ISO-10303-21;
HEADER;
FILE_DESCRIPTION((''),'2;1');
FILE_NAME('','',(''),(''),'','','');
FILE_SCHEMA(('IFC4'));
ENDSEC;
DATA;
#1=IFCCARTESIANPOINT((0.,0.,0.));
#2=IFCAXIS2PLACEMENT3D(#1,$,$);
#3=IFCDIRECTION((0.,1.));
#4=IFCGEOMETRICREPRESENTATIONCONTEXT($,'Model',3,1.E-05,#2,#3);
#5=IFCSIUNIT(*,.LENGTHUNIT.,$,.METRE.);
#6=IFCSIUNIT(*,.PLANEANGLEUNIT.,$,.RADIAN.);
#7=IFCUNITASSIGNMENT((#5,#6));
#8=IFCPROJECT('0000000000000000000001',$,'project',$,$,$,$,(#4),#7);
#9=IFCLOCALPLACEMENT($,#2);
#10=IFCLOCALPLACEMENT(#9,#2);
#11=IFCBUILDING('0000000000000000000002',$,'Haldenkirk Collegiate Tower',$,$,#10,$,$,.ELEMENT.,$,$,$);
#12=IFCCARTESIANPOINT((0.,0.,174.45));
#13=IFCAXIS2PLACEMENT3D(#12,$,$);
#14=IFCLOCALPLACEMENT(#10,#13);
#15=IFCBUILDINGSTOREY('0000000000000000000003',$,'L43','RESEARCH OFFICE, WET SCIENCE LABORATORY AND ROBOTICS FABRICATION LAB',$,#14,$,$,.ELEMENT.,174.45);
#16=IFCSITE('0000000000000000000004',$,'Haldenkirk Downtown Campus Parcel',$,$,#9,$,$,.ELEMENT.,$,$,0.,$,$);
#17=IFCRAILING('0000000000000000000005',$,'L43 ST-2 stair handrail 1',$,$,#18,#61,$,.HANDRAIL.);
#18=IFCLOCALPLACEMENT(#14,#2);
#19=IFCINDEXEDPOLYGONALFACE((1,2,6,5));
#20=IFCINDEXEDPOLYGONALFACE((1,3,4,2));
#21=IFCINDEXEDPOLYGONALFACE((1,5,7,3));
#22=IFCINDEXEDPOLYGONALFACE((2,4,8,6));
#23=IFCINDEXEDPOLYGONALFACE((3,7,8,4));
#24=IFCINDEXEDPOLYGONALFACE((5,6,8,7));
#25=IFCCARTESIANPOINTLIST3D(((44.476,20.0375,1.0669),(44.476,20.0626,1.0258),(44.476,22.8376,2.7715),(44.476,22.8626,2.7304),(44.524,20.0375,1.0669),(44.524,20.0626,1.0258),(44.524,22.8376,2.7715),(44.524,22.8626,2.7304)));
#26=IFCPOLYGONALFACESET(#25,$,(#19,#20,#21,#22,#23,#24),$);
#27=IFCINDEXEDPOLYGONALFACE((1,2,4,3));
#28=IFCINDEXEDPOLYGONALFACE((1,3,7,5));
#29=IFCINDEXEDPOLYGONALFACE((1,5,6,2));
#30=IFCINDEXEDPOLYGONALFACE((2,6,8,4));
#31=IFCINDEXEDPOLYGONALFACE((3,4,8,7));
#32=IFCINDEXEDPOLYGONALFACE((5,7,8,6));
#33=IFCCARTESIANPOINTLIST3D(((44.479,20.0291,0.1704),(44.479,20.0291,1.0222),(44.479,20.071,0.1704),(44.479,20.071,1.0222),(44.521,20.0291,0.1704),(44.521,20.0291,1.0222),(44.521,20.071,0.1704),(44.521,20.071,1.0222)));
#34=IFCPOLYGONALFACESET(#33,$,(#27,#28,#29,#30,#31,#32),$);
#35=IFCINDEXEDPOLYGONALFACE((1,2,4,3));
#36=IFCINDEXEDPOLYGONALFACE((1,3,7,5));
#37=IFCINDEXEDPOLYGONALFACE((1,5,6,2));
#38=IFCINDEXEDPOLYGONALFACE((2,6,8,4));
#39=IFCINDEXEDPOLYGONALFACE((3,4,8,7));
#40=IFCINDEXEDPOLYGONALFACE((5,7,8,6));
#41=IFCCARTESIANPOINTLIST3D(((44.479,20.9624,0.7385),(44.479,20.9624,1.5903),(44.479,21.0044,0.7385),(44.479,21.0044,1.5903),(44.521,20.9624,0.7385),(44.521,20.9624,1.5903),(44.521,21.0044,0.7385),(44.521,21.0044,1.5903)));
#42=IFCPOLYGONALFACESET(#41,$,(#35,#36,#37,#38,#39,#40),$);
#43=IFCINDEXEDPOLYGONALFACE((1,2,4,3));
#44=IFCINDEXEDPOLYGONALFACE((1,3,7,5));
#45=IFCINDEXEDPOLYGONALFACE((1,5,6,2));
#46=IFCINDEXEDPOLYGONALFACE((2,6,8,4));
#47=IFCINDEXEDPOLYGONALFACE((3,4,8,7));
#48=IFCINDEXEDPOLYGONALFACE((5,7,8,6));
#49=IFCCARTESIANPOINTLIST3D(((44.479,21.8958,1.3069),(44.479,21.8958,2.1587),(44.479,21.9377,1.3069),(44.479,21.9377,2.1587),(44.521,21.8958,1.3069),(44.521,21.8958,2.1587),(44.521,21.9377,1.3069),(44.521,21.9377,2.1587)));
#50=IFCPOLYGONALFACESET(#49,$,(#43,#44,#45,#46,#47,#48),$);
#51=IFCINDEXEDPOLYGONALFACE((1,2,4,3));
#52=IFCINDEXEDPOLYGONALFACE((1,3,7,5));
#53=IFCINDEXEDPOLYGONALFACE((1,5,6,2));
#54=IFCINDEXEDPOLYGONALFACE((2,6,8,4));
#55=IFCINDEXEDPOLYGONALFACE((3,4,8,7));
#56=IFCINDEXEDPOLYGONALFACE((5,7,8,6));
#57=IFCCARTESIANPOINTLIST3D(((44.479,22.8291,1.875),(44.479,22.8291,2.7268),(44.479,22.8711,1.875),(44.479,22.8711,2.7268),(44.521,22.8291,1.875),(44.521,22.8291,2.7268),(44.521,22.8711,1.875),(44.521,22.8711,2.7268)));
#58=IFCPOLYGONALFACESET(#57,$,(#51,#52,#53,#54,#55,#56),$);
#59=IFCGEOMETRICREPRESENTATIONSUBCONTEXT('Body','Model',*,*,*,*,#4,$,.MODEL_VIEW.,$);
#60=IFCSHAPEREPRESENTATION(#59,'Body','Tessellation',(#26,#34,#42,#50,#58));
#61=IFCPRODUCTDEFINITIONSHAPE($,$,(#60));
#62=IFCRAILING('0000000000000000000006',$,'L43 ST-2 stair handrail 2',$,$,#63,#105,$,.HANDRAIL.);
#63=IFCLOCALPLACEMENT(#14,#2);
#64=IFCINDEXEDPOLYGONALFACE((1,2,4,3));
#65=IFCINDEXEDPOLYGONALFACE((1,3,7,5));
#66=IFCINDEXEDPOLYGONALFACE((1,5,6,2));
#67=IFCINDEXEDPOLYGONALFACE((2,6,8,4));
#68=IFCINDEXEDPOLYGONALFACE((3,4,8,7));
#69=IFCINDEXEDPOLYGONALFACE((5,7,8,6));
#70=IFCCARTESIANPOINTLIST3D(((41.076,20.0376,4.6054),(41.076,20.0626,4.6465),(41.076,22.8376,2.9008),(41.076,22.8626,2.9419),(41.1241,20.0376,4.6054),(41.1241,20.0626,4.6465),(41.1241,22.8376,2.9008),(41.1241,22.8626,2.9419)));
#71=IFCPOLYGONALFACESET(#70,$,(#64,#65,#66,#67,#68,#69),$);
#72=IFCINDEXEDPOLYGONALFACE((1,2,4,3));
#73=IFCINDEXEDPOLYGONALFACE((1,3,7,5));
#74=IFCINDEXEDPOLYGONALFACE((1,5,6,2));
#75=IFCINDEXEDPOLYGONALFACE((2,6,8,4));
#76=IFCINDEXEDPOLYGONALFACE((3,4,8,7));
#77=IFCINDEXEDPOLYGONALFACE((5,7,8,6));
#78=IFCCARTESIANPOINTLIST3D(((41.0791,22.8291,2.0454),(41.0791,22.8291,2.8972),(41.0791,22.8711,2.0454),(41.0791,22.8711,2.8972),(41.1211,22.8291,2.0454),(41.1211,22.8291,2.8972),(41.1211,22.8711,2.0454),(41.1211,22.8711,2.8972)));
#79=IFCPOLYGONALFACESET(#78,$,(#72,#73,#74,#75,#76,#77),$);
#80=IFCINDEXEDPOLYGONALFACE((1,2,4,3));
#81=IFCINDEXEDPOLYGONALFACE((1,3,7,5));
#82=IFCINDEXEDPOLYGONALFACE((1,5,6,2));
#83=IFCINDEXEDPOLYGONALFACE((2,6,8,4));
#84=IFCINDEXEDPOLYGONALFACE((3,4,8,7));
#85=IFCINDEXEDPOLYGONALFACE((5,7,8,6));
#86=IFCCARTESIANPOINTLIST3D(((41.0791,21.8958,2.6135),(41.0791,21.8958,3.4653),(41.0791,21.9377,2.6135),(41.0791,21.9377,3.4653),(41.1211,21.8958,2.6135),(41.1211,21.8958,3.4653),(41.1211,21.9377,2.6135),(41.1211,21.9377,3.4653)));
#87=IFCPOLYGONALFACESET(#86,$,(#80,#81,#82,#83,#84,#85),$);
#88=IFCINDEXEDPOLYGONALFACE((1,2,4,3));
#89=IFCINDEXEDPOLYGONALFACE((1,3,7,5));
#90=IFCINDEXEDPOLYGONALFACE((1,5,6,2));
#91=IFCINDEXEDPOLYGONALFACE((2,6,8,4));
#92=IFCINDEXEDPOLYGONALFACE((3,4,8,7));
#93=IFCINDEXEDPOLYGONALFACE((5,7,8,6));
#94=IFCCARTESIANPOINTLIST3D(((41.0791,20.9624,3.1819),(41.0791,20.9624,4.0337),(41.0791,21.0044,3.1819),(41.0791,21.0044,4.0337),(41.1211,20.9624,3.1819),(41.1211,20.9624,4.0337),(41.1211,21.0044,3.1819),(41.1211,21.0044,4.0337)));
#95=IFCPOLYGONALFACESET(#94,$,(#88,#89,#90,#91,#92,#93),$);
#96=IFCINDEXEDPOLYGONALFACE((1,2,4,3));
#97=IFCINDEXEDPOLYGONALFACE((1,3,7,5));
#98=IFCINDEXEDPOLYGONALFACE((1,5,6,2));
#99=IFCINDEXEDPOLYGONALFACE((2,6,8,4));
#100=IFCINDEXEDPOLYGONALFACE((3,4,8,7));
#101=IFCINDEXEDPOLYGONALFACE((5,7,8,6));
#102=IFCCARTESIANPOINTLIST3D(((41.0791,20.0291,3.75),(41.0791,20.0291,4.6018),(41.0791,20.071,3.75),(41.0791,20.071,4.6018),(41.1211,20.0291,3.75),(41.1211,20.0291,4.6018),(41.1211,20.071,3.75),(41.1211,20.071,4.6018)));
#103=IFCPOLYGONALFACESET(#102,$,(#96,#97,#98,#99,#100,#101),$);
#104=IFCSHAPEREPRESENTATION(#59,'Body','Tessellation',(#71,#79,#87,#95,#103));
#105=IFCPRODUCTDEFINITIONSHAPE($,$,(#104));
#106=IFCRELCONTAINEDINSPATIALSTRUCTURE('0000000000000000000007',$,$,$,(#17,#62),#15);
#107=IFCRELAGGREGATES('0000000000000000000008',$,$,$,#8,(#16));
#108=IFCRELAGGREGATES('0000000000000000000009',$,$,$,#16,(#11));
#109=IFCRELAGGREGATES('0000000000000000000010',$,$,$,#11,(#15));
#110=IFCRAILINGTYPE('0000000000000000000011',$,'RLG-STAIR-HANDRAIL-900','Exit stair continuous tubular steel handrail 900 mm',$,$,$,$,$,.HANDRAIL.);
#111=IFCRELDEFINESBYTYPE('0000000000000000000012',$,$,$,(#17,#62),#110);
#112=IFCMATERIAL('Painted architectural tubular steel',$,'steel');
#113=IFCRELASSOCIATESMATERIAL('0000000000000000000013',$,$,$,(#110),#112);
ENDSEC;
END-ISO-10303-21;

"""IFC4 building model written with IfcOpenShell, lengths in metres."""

from ifc_helpers import new_model, si_unit, direction, frame, origin, origin_2d, place, context, subcontext, project, spatial, rectangle, extrude, material, type_object, element, save


model = new_model("IFC4")

# Units and contexts
model_context = context("Model", 3, precision=1e-05, world=origin(), true_north=direction((0.0, 1.0)))
body_context = subcontext(model_context, "Body", "Model", "MODEL_VIEW")
ifc_project = project(units=[si_unit("LENGTHUNIT", "METRE"), si_unit("PLANEANGLEUNIT", "RADIAN")], contexts=[model_context])

# Site, building, storey
site_placement = place(None, origin())
site = spatial("IfcSite", under=ifc_project, at=site_placement, Name="Haldenkirk Downtown Campus Parcel", CompositionType="ELEMENT", RefElevation=0.0)
building_placement = place(site_placement, origin())
building = spatial("IfcBuilding", under=site, at=building_placement, Name="Haldenkirk Collegiate Tower", CompositionType="ELEMENT")
storey_placement = place(building_placement, frame((0.0, 0.0, 174.45)))
storey = spatial("IfcBuildingStorey", under=building, at=storey_placement, Name="L43", Description="RESEARCH OFFICE, WET SCIENCE LABORATORY AND ROBOTICS FABRICATION LAB", CompositionType="ELEMENT", Elevation=174.45)

# Railings
ifc_material_1 = material(Name="Painted architectural tubular steel", Category="steel")
railing_type_1 = type_object("IfcRailingType", Name="RLG-STAIR-HANDRAIL-900", Description="Exit stair continuous tubular steel handrail 900 mm", PredefinedType="HANDRAIL", material=ifc_material_1)
railing_1_placement = place(storey_placement, frame((44.5, 20.05, 0.1704)))
element("IfcRailing", 1, at=railing_1_placement, inside=storey, type_object=railing_type_1, Name="L43 ST-2 stair handrail 1", PredefinedType="HANDRAIL", context=body_context, shape_type="SweptSolid", body=[
    extrude(rectangle(XDim=0.0481, YDim=0.0481, at=origin_2d()), frame((0.0, 0.0, 0.876), z_axis=(0.0, 0.85417, 0.519994), x_axis=(-1.0, 0.0, 0.0)), (0.0, 0.0, 1.0), 3.2781),
    extrude(rectangle(XDim=0.042, YDim=0.042, at=origin_2d()), origin(), (0.0, 0.0, 1.0), 0.8518),
    extrude(rectangle(XDim=0.042, YDim=0.042, at=origin_2d()), frame((0.0, 0.9333, 0.5681)), (0.0, 0.0, 1.0), 0.8518),
    extrude(rectangle(XDim=0.042, YDim=0.042, at=origin_2d()), frame((0.0, 1.8667, 1.1365)), (0.0, 0.0, 1.0), 0.8518),
    extrude(rectangle(XDim=0.042, YDim=0.042, at=origin_2d()), frame((0.0, 2.8, 1.7046)), (0.0, 0.0, 1.0), 0.8518),
])
railing_2_placement = place(storey_placement, frame((41.1001, 22.8501, 2.0454)))
element("IfcRailing", 2, at=railing_2_placement, inside=storey, type_object=railing_type_1, Name="L43 ST-2 stair handrail 2", PredefinedType="HANDRAIL", context=body_context, shape_type="SweptSolid", body=[
    extrude(rectangle(XDim=0.0481, YDim=0.0481, at=origin_2d()), frame((0.0, 0.0, 0.876), z_axis=(0.0, -0.85417, 0.519994), x_axis=(1.0, 0.0, 0.0)), (0.0, 0.0, 1.0), 3.2781),
    extrude(rectangle(XDim=0.042, YDim=0.042, at=origin_2d()), origin(), (0.0, 0.0, 1.0), 0.8518),
    extrude(rectangle(XDim=0.042, YDim=0.042, at=origin_2d()), frame((0.0, -0.9333, 0.5681)), (0.0, 0.0, 1.0), 0.8518),
    extrude(rectangle(XDim=0.042, YDim=0.042, at=origin_2d()), frame((0.0, -1.8667, 1.1365)), (0.0, 0.0, 1.0), 0.8518),
    extrude(rectangle(XDim=0.042, YDim=0.042, at=origin_2d()), frame((0.0, -2.8, 1.7046)), (0.0, 0.0, 1.0), 0.8518),
])

save(model, "model.ifc")
